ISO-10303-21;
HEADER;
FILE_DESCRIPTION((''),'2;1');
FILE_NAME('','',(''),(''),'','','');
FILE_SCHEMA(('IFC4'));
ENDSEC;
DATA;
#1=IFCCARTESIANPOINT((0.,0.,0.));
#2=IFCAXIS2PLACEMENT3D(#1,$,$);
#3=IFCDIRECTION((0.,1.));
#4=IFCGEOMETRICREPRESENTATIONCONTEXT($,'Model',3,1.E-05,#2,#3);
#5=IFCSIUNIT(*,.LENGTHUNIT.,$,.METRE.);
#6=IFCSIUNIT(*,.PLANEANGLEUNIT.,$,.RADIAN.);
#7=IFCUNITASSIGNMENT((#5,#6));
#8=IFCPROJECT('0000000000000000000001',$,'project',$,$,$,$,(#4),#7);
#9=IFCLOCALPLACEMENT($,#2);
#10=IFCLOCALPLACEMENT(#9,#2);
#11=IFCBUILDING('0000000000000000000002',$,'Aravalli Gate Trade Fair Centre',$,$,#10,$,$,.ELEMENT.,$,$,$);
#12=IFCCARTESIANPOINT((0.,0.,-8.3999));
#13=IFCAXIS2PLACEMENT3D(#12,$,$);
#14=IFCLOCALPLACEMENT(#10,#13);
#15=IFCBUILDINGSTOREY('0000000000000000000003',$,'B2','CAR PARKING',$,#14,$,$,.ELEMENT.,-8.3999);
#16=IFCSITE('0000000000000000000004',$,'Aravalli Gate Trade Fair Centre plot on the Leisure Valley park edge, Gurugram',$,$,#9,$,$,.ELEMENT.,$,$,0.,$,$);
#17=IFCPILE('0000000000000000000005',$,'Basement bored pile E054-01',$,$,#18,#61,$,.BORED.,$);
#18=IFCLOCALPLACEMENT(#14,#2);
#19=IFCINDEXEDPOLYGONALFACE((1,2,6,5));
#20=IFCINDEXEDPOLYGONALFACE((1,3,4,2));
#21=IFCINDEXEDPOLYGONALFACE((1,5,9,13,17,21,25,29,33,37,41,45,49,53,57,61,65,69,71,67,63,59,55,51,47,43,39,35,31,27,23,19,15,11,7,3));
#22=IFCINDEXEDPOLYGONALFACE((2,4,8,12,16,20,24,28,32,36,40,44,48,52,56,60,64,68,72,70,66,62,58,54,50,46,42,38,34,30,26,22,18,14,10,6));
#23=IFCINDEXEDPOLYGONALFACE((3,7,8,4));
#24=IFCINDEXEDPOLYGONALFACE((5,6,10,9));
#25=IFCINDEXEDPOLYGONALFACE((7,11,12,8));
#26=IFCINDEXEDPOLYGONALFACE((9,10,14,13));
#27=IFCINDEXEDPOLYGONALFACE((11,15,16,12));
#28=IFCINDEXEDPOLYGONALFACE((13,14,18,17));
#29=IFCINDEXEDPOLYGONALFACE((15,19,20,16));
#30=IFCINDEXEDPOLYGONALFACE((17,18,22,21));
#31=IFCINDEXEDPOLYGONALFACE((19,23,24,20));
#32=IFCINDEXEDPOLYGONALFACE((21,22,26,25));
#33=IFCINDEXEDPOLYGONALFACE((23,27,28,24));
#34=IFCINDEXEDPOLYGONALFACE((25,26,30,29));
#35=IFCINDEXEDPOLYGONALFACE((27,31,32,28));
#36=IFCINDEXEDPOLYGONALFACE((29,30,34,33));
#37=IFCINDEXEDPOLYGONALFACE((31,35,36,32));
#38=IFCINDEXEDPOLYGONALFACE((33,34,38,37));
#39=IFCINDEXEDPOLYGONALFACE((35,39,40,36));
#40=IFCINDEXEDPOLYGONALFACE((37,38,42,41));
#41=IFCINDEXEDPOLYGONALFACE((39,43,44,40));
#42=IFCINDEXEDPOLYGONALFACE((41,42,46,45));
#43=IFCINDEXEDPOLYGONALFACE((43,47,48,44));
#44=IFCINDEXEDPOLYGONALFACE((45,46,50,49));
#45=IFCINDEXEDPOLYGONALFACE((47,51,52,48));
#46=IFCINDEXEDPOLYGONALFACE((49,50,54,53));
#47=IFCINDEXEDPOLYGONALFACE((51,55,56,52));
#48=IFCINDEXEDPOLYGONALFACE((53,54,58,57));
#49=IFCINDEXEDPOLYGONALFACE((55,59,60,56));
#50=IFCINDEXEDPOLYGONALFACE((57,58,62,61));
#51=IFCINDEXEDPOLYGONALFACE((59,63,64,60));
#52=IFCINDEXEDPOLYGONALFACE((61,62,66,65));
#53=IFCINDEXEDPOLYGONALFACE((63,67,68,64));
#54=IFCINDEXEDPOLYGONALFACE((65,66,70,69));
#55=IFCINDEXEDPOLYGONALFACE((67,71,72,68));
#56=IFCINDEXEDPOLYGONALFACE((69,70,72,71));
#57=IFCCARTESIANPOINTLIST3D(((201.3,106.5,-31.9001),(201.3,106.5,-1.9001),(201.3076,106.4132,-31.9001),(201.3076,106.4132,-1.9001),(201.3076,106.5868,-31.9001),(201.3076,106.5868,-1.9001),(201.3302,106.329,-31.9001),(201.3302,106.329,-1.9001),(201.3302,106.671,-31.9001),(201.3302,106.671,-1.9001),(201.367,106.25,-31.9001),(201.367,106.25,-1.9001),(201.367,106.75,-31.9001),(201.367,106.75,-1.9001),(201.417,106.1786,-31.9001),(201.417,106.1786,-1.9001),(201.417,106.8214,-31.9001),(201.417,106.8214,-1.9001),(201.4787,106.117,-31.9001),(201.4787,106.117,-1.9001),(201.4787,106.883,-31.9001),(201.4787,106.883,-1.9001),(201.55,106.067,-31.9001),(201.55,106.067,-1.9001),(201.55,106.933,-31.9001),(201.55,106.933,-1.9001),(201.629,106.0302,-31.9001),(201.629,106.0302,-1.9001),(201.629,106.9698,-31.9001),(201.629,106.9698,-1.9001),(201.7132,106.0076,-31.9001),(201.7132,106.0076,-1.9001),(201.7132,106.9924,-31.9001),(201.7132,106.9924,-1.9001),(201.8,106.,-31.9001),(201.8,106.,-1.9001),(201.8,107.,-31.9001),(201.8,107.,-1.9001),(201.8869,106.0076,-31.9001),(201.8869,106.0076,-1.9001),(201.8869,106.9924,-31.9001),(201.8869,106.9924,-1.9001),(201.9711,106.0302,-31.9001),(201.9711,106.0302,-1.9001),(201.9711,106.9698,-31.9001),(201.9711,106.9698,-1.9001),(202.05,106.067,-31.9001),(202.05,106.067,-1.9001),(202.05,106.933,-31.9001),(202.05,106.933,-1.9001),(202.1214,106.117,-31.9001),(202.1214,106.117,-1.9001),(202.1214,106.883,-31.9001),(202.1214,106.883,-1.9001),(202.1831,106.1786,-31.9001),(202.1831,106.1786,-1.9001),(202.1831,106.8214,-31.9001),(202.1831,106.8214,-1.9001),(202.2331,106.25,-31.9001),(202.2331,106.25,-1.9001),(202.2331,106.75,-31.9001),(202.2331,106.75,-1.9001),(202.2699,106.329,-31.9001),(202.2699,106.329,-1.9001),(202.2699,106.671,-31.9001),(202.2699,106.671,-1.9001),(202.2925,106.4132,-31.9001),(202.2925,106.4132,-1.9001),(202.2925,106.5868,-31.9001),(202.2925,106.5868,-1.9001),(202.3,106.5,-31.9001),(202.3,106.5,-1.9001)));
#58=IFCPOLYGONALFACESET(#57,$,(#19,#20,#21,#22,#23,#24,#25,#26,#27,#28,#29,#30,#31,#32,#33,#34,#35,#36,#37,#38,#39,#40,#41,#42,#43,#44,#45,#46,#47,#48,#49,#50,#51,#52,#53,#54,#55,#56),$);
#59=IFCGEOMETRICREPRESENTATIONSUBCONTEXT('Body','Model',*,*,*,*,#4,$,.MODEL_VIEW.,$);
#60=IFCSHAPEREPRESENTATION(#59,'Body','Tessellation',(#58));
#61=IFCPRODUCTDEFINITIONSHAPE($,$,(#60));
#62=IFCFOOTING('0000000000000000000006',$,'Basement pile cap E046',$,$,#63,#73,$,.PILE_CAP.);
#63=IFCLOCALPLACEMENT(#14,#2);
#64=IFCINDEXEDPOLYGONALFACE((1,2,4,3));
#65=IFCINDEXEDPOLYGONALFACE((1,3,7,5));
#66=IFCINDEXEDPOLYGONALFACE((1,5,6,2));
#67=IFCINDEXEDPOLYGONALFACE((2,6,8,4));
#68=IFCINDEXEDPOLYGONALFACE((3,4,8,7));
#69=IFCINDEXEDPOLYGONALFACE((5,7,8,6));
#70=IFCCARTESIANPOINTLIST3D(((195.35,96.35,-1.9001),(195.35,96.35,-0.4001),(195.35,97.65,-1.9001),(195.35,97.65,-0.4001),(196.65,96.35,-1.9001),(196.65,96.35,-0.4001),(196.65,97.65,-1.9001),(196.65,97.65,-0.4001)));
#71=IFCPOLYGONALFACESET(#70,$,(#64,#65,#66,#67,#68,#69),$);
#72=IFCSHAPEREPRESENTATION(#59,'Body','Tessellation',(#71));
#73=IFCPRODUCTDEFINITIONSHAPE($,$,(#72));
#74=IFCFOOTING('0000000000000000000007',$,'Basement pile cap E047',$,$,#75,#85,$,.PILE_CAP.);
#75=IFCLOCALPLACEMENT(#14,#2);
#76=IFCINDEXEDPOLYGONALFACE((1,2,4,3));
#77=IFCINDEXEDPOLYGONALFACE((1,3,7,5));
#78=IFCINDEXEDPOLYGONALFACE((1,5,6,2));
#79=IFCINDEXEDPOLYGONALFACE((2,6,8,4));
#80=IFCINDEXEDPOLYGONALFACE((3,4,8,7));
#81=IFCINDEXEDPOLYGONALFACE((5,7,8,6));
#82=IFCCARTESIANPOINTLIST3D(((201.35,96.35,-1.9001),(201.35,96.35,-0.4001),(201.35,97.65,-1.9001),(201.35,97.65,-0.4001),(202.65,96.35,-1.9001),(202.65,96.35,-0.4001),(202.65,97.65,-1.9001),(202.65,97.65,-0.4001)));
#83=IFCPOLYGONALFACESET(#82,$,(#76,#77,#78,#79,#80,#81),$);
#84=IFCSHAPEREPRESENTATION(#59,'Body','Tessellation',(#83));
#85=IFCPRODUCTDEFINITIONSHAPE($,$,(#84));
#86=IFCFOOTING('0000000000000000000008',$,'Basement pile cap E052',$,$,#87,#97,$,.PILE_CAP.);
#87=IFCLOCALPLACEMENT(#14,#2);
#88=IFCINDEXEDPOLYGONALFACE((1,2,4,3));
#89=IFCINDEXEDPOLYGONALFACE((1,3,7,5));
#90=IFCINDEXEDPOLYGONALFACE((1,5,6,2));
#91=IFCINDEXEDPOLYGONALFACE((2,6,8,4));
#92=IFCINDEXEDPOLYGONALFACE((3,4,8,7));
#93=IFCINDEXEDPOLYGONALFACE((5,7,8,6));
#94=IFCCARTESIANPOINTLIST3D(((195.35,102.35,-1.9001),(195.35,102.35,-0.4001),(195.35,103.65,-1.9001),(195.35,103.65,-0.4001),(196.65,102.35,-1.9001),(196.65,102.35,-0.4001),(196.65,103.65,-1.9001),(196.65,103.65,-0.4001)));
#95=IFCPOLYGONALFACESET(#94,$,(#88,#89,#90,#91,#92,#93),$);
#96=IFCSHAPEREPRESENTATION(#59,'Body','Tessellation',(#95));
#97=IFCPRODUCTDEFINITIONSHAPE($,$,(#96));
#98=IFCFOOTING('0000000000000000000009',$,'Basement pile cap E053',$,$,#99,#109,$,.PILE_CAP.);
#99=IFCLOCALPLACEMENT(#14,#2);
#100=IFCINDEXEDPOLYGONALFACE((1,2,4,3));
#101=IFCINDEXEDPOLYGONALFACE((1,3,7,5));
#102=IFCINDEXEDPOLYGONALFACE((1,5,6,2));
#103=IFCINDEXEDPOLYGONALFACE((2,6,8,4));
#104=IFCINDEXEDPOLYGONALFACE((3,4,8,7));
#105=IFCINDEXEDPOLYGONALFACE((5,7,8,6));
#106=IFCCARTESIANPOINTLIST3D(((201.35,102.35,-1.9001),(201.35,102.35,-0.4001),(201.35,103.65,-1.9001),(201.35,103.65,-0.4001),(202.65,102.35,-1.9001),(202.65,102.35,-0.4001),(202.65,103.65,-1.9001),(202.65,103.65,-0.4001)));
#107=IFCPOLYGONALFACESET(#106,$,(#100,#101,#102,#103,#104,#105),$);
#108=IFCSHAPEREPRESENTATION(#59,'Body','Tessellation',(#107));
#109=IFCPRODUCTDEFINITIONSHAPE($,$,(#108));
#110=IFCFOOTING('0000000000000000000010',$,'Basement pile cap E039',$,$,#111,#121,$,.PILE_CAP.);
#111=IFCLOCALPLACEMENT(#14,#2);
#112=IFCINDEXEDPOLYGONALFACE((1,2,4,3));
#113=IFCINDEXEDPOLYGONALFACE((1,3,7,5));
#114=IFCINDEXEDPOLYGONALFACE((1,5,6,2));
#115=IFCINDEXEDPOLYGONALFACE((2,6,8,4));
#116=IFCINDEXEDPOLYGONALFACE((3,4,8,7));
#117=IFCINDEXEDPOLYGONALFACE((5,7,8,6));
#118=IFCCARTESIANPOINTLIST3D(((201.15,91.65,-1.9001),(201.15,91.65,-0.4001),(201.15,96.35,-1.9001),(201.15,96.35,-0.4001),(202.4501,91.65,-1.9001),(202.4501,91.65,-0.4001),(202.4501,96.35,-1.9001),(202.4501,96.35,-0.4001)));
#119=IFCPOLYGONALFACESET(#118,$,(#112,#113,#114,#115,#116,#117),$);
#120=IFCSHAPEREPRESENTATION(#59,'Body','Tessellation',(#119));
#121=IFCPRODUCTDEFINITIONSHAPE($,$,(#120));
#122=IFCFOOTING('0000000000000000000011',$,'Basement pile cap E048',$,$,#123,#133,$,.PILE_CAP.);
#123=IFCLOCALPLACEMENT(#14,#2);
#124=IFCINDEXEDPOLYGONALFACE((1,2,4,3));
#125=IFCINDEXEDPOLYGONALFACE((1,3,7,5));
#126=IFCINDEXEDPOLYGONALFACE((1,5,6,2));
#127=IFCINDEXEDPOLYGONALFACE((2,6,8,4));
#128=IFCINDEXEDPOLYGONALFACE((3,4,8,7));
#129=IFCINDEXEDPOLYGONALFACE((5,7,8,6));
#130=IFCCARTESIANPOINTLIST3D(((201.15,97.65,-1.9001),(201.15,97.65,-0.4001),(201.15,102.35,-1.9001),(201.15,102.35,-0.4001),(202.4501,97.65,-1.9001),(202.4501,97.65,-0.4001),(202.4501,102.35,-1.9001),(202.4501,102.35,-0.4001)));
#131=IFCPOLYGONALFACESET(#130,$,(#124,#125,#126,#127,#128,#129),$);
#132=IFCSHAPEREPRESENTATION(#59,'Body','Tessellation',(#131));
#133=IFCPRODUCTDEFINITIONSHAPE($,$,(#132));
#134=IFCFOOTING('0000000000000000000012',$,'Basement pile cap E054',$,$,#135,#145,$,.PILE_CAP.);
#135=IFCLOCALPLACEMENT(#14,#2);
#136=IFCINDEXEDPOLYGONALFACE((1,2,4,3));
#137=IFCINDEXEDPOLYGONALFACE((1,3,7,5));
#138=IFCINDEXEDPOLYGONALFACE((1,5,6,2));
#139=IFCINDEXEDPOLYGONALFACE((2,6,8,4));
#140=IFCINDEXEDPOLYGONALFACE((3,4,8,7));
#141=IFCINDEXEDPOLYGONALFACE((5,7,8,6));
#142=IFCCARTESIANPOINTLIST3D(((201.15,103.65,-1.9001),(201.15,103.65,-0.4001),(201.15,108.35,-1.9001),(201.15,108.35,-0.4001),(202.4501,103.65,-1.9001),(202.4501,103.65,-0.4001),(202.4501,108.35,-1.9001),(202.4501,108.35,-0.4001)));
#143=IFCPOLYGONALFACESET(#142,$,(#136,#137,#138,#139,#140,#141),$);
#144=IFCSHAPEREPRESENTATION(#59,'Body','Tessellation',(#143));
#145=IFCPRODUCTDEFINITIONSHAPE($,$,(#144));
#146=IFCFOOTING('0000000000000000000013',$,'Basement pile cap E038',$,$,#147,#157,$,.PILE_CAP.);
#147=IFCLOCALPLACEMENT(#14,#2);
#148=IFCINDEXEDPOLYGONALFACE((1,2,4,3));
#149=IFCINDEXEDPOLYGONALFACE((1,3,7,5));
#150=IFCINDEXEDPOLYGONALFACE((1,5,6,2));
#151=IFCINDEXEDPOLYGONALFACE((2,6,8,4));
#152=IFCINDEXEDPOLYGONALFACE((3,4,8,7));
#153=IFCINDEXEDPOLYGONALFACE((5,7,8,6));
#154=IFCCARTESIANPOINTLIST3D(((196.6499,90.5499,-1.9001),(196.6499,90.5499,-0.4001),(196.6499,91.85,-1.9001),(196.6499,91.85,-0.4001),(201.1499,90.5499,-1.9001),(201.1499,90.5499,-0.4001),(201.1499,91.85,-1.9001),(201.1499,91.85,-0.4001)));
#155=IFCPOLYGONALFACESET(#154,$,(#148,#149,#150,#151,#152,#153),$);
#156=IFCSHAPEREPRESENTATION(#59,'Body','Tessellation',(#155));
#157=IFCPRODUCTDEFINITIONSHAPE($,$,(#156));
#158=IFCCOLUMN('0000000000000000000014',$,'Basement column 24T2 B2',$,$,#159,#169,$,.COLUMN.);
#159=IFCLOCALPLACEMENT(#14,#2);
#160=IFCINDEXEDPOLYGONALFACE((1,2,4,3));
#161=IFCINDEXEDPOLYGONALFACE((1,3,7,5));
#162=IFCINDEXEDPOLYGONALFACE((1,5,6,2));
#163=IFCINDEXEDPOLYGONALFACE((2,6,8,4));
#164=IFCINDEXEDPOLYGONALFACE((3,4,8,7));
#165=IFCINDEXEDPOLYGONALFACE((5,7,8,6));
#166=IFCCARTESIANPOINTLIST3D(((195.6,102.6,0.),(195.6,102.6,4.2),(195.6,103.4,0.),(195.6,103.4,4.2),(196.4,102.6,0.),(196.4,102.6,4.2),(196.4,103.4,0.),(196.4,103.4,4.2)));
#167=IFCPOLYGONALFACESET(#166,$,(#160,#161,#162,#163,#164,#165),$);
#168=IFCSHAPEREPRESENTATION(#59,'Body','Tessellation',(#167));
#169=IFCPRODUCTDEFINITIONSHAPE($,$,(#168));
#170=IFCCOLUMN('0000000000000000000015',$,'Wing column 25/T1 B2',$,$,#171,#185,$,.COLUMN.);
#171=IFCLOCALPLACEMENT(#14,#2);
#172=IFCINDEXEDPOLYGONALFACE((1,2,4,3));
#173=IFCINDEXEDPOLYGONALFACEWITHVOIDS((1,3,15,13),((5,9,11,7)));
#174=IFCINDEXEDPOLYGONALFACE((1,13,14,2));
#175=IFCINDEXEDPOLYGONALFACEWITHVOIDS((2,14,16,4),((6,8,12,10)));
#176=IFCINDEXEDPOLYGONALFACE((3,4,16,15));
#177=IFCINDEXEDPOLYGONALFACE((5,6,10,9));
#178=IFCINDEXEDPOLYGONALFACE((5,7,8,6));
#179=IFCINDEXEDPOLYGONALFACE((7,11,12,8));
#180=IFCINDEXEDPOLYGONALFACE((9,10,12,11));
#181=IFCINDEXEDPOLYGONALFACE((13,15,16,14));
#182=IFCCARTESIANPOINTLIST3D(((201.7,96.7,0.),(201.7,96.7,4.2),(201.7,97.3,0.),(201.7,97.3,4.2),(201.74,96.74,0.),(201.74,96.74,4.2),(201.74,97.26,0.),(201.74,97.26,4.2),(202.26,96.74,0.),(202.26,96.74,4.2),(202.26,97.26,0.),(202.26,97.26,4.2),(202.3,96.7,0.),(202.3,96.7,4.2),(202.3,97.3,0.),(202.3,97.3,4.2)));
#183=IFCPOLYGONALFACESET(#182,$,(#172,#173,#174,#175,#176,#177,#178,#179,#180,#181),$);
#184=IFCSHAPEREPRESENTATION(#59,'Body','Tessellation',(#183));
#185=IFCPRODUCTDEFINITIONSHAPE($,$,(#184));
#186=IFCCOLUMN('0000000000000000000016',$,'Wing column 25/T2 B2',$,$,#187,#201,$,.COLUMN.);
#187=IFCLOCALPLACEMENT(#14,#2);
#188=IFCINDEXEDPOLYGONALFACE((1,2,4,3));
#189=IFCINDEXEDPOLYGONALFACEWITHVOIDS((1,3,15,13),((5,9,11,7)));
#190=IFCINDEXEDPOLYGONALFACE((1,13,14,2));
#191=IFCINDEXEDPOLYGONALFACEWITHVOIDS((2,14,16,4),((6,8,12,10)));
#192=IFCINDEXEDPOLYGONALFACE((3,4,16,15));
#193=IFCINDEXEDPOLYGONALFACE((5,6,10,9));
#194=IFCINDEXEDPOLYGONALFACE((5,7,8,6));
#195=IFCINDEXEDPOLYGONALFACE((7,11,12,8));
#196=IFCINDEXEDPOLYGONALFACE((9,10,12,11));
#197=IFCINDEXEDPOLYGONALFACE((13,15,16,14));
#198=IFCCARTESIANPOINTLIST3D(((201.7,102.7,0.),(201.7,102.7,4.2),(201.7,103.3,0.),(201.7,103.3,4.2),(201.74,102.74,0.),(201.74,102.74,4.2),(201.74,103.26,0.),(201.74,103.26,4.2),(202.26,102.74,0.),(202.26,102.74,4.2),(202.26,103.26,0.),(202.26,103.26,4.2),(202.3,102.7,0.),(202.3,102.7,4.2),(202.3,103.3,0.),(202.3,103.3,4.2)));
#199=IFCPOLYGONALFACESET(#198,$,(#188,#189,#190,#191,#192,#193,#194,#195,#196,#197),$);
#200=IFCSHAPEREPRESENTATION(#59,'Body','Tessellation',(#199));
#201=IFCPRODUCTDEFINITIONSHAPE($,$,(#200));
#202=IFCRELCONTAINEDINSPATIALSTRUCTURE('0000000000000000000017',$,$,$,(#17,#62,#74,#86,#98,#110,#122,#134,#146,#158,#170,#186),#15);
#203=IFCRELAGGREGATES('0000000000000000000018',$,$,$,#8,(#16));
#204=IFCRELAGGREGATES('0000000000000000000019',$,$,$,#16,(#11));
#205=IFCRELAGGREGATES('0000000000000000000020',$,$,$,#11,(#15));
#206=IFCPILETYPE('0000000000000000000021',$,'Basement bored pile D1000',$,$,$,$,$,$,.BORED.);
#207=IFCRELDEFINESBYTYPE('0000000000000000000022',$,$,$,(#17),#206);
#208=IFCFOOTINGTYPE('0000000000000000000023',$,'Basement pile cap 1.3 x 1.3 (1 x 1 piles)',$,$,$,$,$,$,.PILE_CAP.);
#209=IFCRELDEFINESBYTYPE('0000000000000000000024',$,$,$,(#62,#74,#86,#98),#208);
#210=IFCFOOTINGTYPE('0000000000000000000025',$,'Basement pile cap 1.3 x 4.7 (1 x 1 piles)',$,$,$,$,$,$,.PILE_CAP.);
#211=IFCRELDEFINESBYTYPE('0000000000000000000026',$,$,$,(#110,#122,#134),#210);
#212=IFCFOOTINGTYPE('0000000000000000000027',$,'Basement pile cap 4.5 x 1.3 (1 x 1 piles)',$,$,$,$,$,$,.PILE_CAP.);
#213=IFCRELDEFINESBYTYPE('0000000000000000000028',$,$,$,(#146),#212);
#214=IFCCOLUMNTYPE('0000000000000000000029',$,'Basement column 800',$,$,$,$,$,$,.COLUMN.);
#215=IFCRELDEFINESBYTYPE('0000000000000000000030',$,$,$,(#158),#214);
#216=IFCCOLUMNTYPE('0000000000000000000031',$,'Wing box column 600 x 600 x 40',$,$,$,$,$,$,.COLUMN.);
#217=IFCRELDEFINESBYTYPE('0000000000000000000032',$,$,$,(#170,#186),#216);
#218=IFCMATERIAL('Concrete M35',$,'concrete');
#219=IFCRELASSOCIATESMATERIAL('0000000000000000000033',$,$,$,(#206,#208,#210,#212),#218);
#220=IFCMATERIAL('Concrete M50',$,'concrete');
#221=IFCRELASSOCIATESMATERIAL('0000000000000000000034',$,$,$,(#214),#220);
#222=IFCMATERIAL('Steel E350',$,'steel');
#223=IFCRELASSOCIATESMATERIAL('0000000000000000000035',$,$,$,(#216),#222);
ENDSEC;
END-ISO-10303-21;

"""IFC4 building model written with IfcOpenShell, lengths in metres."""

from ifc_helpers import new_model, si_unit, direction, frame, origin, origin_2d, place, context, subcontext, project, spatial, rectangle, hollow_rectangle, circle, extrude, material, material_profile, profile_set, type_object, element, save


model = new_model("IFC4")

# Units and contexts
model_context = context("Model", 3, precision=1e-05, world=origin(), true_north=direction((0.0, 1.0)))
body_context = subcontext(model_context, "Body", "Model", "MODEL_VIEW")
ifc_project = project(units=[si_unit("LENGTHUNIT", "METRE"), si_unit("PLANEANGLEUNIT", "RADIAN")], contexts=[model_context])

# Site, building, storey
site_placement = place(None, origin())
site = spatial("IfcSite", under=ifc_project, at=site_placement, Name="Aravalli Gate Trade Fair Centre plot on the Leisure Valley park edge, Gurugram", CompositionType="ELEMENT", RefElevation=0.0)
building_placement = place(site_placement, origin())
building = spatial("IfcBuilding", under=site, at=building_placement, Name="Aravalli Gate Trade Fair Centre", CompositionType="ELEMENT")
storey_placement = place(building_placement, frame((0.0, 0.0, -8.3999)))
storey = spatial("IfcBuildingStorey", under=building, at=storey_placement, Name="B2", Description="CAR PARKING", CompositionType="ELEMENT", Elevation=-8.3999)

# Pile
ifc_material_1 = material(Name="Concrete M35", Category="concrete")
ifc_material_profile_1 = material_profile(ifc_material_1, circle(Radius=0.5, at=origin_2d()), Name="D1000")
ifc_profile_set_1 = profile_set([ifc_material_profile_1], Name="Concrete M35")
pile_type = type_object("IfcPileType", Name="Basement bored pile D1000", PredefinedType="BORED", material=ifc_profile_set_1)
for number, where, z_axis, x_axis, name in (
    (1, (201.8, 106.5, -1.9001), (0.0, 0.0, -1.0), (1.0, 0.0, 0.0), "Basement bored pile E054-01"),
):
    element("IfcPile", number, at=place(storey_placement, frame(where, z_axis=z_axis, x_axis=x_axis)), inside=storey, type_object=pile_type, Name=name, PredefinedType="BORED", context=body_context, shape_type="SweptSolid", body=[
        extrude(circle(Radius=0.5, at=origin_2d()), origin(), (0.0, 0.0, 1.0), 30.0),
    ])

# Footings
footing_type_1 = type_object("IfcFootingType", Name="Basement pile cap 1.3 x 1.3 (1 x 1 piles)", PredefinedType="PILE_CAP", material=ifc_material_1)
for number, where, z_axis, x_axis, name in (
    (2, (196.0, 97.0, -1.9001), (0.0, 0.0, 1.0), (1.0, 0.0, 0.0), "Basement pile cap E046"),
    (3, (202.0, 97.0, -1.9001), (0.0, 0.0, 1.0), (1.0, 0.0, 0.0), "Basement pile cap E047"),
    (4, (196.0, 103.0, -1.9001), (0.0, 0.0, 1.0), (1.0, 0.0, 0.0), "Basement pile cap E052"),
    (5, (202.0, 103.0, -1.9001), (0.0, 0.0, 1.0), (1.0, 0.0, 0.0), "Basement pile cap E053"),
):
    element("IfcFooting", number, at=place(storey_placement, frame(where, z_axis=z_axis, x_axis=x_axis)), inside=storey, type_object=footing_type_1, Name=name, PredefinedType="PILE_CAP", context=body_context, shape_type="SweptSolid", body=[
        extrude(rectangle(XDim=1.3, YDim=1.3, at=origin_2d()), origin(), (0.0, 0.0, 1.0), 1.5),
    ])
footing_type_2 = type_object("IfcFootingType", Name="Basement pile cap 1.3 x 4.7 (1 x 1 piles)", PredefinedType="PILE_CAP", material=ifc_material_1)
for number, where, z_axis, x_axis, name in (
    (6, (201.8, 94.0, -1.9001), (0.0, 0.0, 1.0), (1.0, 0.0, 0.0), "Basement pile cap E039"),
    (7, (201.8, 100.0, -1.9001), (0.0, 0.0, 1.0), (1.0, 0.0, 0.0), "Basement pile cap E048"),
    (8, (201.8, 106.0, -1.9001), (0.0, 0.0, 1.0), (1.0, 0.0, 0.0), "Basement pile cap E054"),
):
    element("IfcFooting", number, at=place(storey_placement, frame(where, z_axis=z_axis, x_axis=x_axis)), inside=storey, type_object=footing_type_2, Name=name, PredefinedType="PILE_CAP", context=body_context, shape_type="SweptSolid", body=[
        extrude(rectangle(XDim=1.3, YDim=4.7, at=origin_2d()), origin(), (0.0, 0.0, 1.0), 1.5),
    ])
footing_type_3 = type_object("IfcFootingType", Name="Basement pile cap 4.5 x 1.3 (1 x 1 piles)", PredefinedType="PILE_CAP", material=ifc_material_1)
footing_placement = place(storey_placement, frame((198.8999, 91.2, -1.9001), z_axis=(0.0, 0.0, 1.0), x_axis=(1.0, 0.0, 0.0)))
element("IfcFooting", 9, at=footing_placement, inside=storey, type_object=footing_type_3, Name="Basement pile cap E038", PredefinedType="PILE_CAP", context=body_context, shape_type="SweptSolid", body=[
    extrude(rectangle(XDim=4.5, YDim=1.3, at=origin_2d()), origin(), (0.0, 0.0, 1.0), 1.5),
])

# Columns
ifc_material_2 = material(Name="Concrete M50", Category="concrete")
ifc_material_profile_2 = material_profile(ifc_material_2, rectangle(XDim=0.8, YDim=0.8, at=origin_2d()), Name="RC 800 x 800")
ifc_profile_set_2 = profile_set([ifc_material_profile_2], Name="Concrete M50")
column_type_1 = type_object("IfcColumnType", Name="Basement column 800", PredefinedType="COLUMN", material=ifc_profile_set_2)
column_placement = place(storey_placement, frame((196.0, 103.0, 0.0), z_axis=(0.0, 0.0, 1.0), x_axis=(1.0, 0.0, 0.0)))
element("IfcColumn", 10, at=column_placement, inside=storey, type_object=column_type_1, Name="Basement column 24T2 B2", PredefinedType="COLUMN", context=body_context, shape_type="SweptSolid", body=[
    extrude(rectangle(XDim=0.8, YDim=0.8, at=origin_2d()), origin(), (0.0, 0.0, 1.0), 4.2),
])
ifc_material_3 = material(Name="Steel E350", Category="steel")
ifc_material_profile_3 = material_profile(ifc_material_3, hollow_rectangle(XDim=0.6001, YDim=0.6001, WallThickness=0.04, at=origin_2d()), Name="BOX 600x600x40")
ifc_profile_set_3 = profile_set([ifc_material_profile_3], Name="Steel E350")
column_type_2 = type_object("IfcColumnType", Name="Wing box column 600 x 600 x 40", PredefinedType="COLUMN", material=ifc_profile_set_3)
for number, where, z_axis, x_axis, name in (
    (11, (202.0, 97.0, 0.0), (0.0, 0.0, 1.0), (1.0, 0.0, 0.0), "Wing column 25/T1 B2"),
    (12, (202.0, 103.0, 0.0), (0.0, 0.0, 1.0), (1.0, 0.0, 0.0), "Wing column 25/T2 B2"),
):
    element("IfcColumn", number, at=place(storey_placement, frame(where, z_axis=z_axis, x_axis=x_axis)), inside=storey, type_object=column_type_2, Name=name, PredefinedType="COLUMN", context=body_context, shape_type="SweptSolid", body=[
        extrude(hollow_rectangle(XDim=0.6001, YDim=0.6001, WallThickness=0.04, at=origin_2d()), origin(), (0.0, 0.0, 1.0), 4.2),
    ])

save(model, "model.ifc")
